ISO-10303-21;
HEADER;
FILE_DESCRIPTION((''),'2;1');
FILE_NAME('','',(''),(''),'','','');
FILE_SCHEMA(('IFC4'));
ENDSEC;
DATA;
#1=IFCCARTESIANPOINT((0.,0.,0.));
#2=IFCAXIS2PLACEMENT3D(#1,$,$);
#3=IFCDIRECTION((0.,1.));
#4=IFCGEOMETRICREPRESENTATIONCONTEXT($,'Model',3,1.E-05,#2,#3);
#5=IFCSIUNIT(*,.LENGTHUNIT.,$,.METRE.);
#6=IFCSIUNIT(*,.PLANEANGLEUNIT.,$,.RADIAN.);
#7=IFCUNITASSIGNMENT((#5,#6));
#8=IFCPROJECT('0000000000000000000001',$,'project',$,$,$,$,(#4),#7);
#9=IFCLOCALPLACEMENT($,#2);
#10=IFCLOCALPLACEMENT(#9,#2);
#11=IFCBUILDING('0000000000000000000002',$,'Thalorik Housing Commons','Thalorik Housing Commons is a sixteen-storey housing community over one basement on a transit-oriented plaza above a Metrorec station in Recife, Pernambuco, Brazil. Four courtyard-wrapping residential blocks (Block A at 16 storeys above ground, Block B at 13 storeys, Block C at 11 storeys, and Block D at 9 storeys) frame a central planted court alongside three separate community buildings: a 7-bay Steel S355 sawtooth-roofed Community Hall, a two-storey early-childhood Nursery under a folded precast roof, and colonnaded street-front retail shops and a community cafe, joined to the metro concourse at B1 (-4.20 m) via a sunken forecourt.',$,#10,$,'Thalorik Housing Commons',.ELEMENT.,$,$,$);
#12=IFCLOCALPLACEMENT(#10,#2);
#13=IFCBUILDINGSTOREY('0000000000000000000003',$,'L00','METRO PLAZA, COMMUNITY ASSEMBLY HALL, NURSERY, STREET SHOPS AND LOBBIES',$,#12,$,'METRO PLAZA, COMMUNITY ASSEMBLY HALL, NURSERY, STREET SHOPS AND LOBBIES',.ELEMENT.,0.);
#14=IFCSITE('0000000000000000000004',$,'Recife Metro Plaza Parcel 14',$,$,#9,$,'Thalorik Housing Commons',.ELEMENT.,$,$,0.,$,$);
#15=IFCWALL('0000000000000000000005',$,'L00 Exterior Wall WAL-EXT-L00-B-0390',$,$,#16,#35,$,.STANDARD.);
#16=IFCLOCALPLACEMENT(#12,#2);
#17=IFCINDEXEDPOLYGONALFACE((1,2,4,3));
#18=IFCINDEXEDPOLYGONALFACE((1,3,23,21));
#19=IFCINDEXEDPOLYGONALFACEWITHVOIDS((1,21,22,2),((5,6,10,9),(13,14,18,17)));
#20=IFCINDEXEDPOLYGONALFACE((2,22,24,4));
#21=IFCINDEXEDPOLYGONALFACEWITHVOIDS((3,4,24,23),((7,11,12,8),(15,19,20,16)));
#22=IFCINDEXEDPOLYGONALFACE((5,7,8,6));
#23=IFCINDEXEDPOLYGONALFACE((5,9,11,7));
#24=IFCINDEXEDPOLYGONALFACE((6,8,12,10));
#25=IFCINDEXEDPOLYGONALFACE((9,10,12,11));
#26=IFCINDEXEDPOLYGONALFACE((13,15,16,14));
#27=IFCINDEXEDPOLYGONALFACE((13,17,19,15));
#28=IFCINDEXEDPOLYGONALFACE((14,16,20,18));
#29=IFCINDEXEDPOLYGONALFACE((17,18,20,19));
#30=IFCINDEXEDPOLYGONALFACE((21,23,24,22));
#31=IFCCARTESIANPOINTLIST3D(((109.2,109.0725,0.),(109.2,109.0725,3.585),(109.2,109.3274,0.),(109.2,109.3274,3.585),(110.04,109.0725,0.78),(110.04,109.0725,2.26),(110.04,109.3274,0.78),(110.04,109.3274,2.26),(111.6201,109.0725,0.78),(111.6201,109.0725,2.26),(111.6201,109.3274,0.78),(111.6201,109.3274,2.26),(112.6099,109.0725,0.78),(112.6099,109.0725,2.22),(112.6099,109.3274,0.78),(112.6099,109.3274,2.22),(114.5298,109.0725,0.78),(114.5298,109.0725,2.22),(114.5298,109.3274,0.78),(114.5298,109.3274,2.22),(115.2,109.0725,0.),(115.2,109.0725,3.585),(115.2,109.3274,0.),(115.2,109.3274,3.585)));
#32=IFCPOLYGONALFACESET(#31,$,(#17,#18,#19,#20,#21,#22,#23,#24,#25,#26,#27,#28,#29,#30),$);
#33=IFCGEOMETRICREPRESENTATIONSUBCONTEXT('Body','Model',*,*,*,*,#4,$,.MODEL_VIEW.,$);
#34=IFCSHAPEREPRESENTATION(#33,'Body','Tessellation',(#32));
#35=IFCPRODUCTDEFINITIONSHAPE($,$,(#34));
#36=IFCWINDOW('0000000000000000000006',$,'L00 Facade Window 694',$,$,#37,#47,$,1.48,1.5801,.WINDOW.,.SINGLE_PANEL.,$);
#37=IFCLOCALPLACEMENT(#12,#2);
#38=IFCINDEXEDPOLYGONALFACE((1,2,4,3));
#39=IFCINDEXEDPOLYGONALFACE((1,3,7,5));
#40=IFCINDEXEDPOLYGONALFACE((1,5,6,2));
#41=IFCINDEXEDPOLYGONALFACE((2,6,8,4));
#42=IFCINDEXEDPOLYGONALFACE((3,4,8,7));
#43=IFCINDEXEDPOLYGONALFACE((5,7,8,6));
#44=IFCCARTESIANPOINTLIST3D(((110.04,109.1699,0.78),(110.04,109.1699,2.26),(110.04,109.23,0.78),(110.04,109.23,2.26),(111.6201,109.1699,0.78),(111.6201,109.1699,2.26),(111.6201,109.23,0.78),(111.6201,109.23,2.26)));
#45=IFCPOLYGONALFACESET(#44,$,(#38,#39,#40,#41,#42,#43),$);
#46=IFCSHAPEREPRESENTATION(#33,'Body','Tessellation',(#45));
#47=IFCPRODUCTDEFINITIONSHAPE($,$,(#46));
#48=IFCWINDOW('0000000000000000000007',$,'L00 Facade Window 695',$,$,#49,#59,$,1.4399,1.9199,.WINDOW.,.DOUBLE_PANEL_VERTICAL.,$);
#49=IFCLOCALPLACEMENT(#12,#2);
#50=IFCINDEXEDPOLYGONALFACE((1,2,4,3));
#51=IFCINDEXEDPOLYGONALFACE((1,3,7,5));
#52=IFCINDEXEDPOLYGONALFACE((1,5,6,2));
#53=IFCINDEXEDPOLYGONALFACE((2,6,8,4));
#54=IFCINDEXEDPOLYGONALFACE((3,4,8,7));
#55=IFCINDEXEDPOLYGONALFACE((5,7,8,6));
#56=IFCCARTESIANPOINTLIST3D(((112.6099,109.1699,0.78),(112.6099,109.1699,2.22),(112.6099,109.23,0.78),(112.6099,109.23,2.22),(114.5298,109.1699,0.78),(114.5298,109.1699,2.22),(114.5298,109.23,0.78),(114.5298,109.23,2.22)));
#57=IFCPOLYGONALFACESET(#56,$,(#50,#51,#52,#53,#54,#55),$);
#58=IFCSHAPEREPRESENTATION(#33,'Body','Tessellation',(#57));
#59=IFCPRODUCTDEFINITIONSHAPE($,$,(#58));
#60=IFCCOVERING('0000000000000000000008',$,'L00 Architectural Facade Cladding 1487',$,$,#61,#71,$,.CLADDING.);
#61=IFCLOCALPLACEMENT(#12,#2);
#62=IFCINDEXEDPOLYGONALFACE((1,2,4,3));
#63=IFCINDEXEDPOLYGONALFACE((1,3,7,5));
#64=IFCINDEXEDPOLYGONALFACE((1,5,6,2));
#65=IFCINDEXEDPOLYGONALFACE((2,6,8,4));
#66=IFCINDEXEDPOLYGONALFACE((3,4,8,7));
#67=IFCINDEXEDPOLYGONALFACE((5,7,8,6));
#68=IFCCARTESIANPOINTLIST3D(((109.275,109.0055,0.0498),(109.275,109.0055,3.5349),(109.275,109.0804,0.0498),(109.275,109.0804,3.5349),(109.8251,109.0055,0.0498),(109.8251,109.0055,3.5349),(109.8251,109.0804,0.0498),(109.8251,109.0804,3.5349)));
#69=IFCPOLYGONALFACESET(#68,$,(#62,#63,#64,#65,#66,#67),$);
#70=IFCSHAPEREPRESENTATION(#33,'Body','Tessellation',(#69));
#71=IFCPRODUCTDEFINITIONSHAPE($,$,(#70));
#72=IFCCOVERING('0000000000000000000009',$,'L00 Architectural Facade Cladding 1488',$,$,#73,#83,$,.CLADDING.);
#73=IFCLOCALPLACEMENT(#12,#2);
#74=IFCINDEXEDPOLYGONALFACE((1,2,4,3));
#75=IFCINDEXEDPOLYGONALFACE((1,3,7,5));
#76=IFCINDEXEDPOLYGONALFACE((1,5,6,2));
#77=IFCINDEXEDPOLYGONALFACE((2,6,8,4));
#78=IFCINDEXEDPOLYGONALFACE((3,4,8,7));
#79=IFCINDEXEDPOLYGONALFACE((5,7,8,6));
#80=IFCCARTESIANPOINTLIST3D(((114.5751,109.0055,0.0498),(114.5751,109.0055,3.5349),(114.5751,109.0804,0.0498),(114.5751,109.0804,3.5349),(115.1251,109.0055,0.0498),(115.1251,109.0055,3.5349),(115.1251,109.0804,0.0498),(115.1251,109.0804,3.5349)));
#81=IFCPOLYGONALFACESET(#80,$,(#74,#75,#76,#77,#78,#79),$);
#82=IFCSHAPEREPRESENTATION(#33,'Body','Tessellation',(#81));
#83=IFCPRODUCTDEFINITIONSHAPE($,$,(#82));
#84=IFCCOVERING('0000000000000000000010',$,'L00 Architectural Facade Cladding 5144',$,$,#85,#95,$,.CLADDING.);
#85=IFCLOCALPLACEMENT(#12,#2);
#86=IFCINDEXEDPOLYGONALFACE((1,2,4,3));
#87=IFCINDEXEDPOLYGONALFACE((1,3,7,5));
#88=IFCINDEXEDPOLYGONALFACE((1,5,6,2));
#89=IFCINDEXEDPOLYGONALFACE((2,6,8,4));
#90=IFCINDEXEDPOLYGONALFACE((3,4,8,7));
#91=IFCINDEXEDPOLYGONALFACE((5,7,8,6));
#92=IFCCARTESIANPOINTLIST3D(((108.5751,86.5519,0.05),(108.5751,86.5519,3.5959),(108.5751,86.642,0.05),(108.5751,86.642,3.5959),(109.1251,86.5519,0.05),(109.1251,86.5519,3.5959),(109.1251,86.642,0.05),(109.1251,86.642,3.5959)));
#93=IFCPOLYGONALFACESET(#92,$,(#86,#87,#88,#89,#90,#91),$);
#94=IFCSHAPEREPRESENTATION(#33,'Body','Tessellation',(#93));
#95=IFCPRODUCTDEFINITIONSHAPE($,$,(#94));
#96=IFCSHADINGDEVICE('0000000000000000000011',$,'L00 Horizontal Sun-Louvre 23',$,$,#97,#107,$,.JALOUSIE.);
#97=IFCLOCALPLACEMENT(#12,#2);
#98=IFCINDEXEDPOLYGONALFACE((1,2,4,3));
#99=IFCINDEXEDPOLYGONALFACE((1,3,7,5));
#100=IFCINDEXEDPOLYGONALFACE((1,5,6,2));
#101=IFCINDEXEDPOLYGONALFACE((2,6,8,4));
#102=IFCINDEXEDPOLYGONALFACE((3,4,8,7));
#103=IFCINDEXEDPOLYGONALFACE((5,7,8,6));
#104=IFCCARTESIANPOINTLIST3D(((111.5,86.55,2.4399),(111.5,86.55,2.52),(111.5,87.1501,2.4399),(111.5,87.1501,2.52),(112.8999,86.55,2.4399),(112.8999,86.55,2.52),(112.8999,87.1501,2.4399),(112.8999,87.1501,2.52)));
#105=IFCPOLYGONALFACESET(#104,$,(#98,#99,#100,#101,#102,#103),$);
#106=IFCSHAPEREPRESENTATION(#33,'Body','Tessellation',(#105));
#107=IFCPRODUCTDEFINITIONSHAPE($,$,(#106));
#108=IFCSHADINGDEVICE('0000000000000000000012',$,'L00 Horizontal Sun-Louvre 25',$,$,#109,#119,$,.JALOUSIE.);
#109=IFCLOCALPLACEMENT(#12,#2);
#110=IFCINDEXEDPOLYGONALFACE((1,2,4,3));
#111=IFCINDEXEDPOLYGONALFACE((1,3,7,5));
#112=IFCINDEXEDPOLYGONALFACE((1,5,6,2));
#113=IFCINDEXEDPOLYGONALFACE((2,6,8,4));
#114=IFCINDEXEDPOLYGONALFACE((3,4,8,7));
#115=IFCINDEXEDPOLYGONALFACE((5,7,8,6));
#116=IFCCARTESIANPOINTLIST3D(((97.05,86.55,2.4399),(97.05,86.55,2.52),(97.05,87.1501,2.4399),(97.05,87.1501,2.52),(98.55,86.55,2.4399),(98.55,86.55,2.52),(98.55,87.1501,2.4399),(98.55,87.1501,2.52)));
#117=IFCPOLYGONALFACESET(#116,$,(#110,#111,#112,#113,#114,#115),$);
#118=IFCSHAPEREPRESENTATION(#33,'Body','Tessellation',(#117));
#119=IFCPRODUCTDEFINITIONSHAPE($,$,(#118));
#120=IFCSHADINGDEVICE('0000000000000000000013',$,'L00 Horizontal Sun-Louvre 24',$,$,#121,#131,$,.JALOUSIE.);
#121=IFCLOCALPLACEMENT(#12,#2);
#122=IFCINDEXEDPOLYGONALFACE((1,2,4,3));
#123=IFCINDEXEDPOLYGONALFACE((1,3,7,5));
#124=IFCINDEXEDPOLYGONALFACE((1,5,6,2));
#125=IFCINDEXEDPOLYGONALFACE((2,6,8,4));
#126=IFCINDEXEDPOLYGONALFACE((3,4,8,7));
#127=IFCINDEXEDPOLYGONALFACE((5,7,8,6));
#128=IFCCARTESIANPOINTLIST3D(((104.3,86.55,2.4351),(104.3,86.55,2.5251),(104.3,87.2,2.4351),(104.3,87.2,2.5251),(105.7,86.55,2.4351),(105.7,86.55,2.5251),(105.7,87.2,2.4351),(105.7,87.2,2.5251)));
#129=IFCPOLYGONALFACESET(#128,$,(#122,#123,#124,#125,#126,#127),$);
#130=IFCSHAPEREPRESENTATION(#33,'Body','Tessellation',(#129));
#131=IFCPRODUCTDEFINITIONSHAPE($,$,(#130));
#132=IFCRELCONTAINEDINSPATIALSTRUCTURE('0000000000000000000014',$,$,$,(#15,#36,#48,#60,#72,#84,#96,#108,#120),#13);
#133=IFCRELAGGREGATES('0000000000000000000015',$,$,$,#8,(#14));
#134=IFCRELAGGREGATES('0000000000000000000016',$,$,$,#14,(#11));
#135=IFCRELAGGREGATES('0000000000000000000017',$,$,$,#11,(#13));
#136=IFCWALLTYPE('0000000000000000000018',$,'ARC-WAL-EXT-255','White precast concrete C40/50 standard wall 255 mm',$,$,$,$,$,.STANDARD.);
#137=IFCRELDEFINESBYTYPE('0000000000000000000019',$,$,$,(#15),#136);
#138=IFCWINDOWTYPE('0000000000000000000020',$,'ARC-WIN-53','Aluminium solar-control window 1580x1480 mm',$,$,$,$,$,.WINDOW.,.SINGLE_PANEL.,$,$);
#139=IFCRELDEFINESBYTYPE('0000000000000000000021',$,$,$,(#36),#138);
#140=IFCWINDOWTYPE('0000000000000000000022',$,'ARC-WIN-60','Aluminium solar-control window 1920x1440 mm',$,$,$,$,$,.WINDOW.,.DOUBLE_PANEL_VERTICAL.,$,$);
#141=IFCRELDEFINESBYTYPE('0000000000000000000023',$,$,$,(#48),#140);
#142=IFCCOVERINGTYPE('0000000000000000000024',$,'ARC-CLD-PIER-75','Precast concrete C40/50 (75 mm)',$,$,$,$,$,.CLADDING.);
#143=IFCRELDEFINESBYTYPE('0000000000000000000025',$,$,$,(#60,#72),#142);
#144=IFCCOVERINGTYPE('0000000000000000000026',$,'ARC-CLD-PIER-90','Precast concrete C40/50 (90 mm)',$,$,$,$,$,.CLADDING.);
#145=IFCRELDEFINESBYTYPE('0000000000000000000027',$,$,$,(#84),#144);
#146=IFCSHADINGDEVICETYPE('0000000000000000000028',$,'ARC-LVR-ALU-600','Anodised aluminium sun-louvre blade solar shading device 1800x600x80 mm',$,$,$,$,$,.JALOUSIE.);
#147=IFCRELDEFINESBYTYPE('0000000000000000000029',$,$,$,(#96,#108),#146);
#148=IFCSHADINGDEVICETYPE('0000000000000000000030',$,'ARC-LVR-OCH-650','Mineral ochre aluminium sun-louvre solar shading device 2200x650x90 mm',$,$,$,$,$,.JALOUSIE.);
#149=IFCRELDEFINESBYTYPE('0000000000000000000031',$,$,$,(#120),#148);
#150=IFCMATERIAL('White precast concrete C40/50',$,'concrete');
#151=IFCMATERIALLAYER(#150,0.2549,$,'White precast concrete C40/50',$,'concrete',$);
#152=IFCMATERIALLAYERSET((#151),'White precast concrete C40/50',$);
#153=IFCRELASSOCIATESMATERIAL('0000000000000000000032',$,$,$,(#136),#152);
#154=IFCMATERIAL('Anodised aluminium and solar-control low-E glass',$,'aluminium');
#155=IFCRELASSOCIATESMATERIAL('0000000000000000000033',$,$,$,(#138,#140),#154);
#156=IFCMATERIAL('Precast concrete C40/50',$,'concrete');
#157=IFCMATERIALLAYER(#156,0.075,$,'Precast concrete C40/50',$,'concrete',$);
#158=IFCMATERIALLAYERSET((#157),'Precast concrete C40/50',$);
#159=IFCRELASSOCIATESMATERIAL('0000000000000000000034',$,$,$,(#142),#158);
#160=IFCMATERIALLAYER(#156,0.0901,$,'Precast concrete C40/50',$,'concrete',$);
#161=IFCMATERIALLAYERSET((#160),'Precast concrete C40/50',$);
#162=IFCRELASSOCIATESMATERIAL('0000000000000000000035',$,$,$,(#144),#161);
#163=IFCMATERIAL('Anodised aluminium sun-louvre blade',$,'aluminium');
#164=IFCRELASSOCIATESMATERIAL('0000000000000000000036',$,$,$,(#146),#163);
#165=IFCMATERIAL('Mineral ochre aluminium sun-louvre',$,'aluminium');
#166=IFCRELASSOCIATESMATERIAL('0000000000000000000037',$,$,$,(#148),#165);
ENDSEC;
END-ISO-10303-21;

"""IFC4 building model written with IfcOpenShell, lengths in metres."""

from ifc_helpers import new_model, si_unit, direction, frame, frame_2d, origin, origin_2d, place, context, subcontext, project, spatial, rectangle, extrude, material, layer, layer_set, type_object, element, fill, save


model = new_model("IFC4")

# Units and contexts
model_context = context("Model", 3, precision=1e-05, world=origin(), true_north=direction((0.0, 1.0)))
body_context = subcontext(model_context, "Body", "Model", "MODEL_VIEW")
ifc_project = project(units=[si_unit("LENGTHUNIT", "METRE"), si_unit("PLANEANGLEUNIT", "RADIAN")], contexts=[model_context])

# Site, building, storey
site_placement = place(None, origin())
site = spatial("IfcSite", under=ifc_project, at=site_placement, Name="Recife Metro Plaza Parcel 14", LongName="Thalorik Housing Commons", CompositionType="ELEMENT", RefElevation=0.0)
building_placement = place(site_placement, origin())
building = spatial("IfcBuilding", under=site, at=building_placement, Name="Thalorik Housing Commons", Description="Thalorik Housing Commons is a sixteen-storey housing community over one basement on a transit-oriented plaza above a Metrorec station in Recife, Pernambuco, Brazil. Four courtyard-wrapping residential blocks (Block A at 16 storeys above ground, Block B at 13 storeys, Block C at 11 storeys, and Block D at 9 storeys) frame a central planted court alongside three separate community buildings: a 7-bay Steel S355 sawtooth-roofed Community Hall, a two-storey early-childhood Nursery under a folded precast roof, and colonnaded street-front retail shops and a community cafe, joined to the metro concourse at B1 (-4.20 m) via a sunken forecourt.", LongName="Thalorik Housing Commons", CompositionType="ELEMENT")
storey_placement = place(building_placement, origin())
storey = spatial("IfcBuildingStorey", under=building, at=storey_placement, Name="L00", Description="METRO PLAZA, COMMUNITY ASSEMBLY HALL, NURSERY, STREET SHOPS AND LOBBIES", LongName="METRO PLAZA, COMMUNITY ASSEMBLY HALL, NURSERY, STREET SHOPS AND LOBBIES", CompositionType="ELEMENT", Elevation=0.0)

# Shared definitions
ifc_material_1 = material(Name="Precast concrete C40/50", Category="concrete")

# Wall, openings, windows
ifc_material_2 = material(Name="White precast concrete C40/50", Category="concrete")
ifc_layer_1 = layer(ifc_material_2, 0.2549, Name="White precast concrete C40/50", Category="concrete")
ifc_layer_set_1 = layer_set([ifc_layer_1], Name="White precast concrete C40/50")
wall_type = type_object("IfcWallType", Name="ARC-WAL-EXT-255", Description="White precast concrete C40/50 standard wall 255 mm", PredefinedType="STANDARD", material=ifc_layer_set_1)
ifc_material_3 = material(Name="Anodised aluminium and solar-control low-E glass", Category="aluminium")
wall_1_placement = place(storey_placement, frame((109.2, 109.2, 0.0), z_axis=(0.0, 0.0, 1.0), x_axis=(1.0, 0.0, 0.0)))
wall_1 = element("IfcWall", 1, at=wall_1_placement, inside=storey, type_object=wall_type, Name="L00 Exterior Wall WAL-EXT-L00-B-0390", PredefinedType="STANDARD", context=body_context, shape_type="SweptSolid", body=[
    extrude(rectangle(XDim=6.0, YDim=0.2549, at=frame_2d((3.0, 0.0))), origin(), (0.0, 0.0, 1.0), 3.585),
])
opening_1_placement = place(wall_1_placement, frame((0.8401, 0.0, 0.78)))
opening_1 = element("IfcOpeningElement", 2, at=opening_1_placement, cuts=wall_1, PredefinedType="OPENING", context=body_context, shape_type="SweptSolid", body=[
    extrude(rectangle(XDim=1.5801, YDim=1.48, at=frame_2d((0.79, 0.74))), frame((0.0, 0.1375, 0.0), z_axis=(0.0, -1.0, 0.0), x_axis=(1.0, 0.0, 0.0)), (0.0, 0.0, 1.0), 0.2749),
])
opening_2_placement = place(wall_1_placement, frame((3.4099, 0.0, 0.78)))
opening_2 = element("IfcOpeningElement", 3, at=opening_2_placement, cuts=wall_1, PredefinedType="OPENING", context=body_context, shape_type="SweptSolid", body=[
    extrude(rectangle(XDim=1.9199, YDim=1.4399, at=frame_2d((0.96, 0.72))), frame((0.0, 0.1375, 0.0), z_axis=(0.0, -1.0, 0.0), x_axis=(1.0, 0.0, 0.0)), (0.0, 0.0, 1.0), 0.2749),
])
window_type_1 = type_object("IfcWindowType", Name="ARC-WIN-53", Description="Aluminium solar-control window 1580x1480 mm", PartitioningType="SINGLE_PANEL", PredefinedType="WINDOW", material=ifc_material_3)
window_1_placement = place(opening_1_placement, origin())
window_1 = element("IfcWindow", 4, at=window_1_placement, inside=storey, type_object=window_type_1, Name="L00 Facade Window 694", OverallHeight=1.48, OverallWidth=1.5801, PartitioningType="SINGLE_PANEL", PredefinedType="WINDOW", context=body_context, shape_type="SweptSolid", body=[
    extrude(rectangle(XDim=1.5801, YDim=1.48, at=frame_2d((0.79, 0.74))), frame((0.0, 0.03, 0.0), z_axis=(0.0, -1.0, 0.0), x_axis=(1.0, 0.0, 0.0)), (0.0, 0.0, 1.0), 0.0601),
])
fill(opening_1, window_1)
window_type_2 = type_object("IfcWindowType", Name="ARC-WIN-60", Description="Aluminium solar-control window 1920x1440 mm", PartitioningType="DOUBLE_PANEL_VERTICAL", PredefinedType="WINDOW", material=ifc_material_3)
window_2_placement = place(opening_2_placement, origin())
window_2 = element("IfcWindow", 5, at=window_2_placement, inside=storey, type_object=window_type_2, Name="L00 Facade Window 695", OverallHeight=1.4399, OverallWidth=1.9199, PartitioningType="DOUBLE_PANEL_VERTICAL", PredefinedType="WINDOW", context=body_context, shape_type="SweptSolid", body=[
    extrude(rectangle(XDim=1.9199, YDim=1.4399, at=frame_2d((0.96, 0.72))), frame((0.0, 0.03, 0.0), z_axis=(0.0, -1.0, 0.0), x_axis=(1.0, 0.0, 0.0)), (0.0, 0.0, 1.0), 0.0601),
])
fill(opening_2, window_2)

# Coverings
ifc_layer_2 = layer(ifc_material_1, 0.075, Name="Precast concrete C40/50", Category="concrete")
ifc_layer_set_2 = layer_set([ifc_layer_2], Name="Precast concrete C40/50")
covering_type_1 = type_object("IfcCoveringType", Name="ARC-CLD-PIER-75", Description="Precast concrete C40/50 (75 mm)", PredefinedType="CLADDING", material=ifc_layer_set_2)
for number, where, z_axis, x_axis, name in (
    (6, (109.55, 109.043, 0.0498), (0.0, 0.0, 1.0), (1.0, 0.0, 0.0), "L00 Architectural Facade Cladding 1487"),
    (7, (114.8501, 109.043, 0.0498), (0.0, 0.0, 1.0), (1.0, 0.0, 0.0), "L00 Architectural Facade Cladding 1488"),
):
    element("IfcCovering", number, at=place(storey_placement, frame(where, z_axis=z_axis, x_axis=x_axis)), inside=storey, type_object=covering_type_1, Name=name, PredefinedType="CLADDING", context=body_context, shape_type="SweptSolid", body=[
        extrude(rectangle(XDim=0.55, YDim=0.075, at=origin_2d()), origin(), (0.0, 0.0, 1.0), 3.4851),
    ])
ifc_layer_3 = layer(ifc_material_1, 0.0901, Name="Precast concrete C40/50", Category="concrete")
ifc_layer_set_3 = layer_set([ifc_layer_3], Name="Precast concrete C40/50")
covering_type_2 = type_object("IfcCoveringType", Name="ARC-CLD-PIER-90", Description="Precast concrete C40/50 (90 mm)", PredefinedType="CLADDING", material=ifc_layer_set_3)
covering_placement = place(storey_placement, frame((108.8501, 86.5969, 0.05), z_axis=(0.0, 0.0, 1.0), x_axis=(-1.0, 0.0, 0.0)))
element("IfcCovering", 8, at=covering_placement, inside=storey, type_object=covering_type_2, Name="L00 Architectural Facade Cladding 5144", PredefinedType="CLADDING", context=body_context, shape_type="SweptSolid", body=[
    extrude(rectangle(XDim=0.55, YDim=0.0901, at=origin_2d()), origin(), (0.0, 0.0, 1.0), 3.5459),
])

# Shading devices
ifc_material_4 = material(Name="Anodised aluminium sun-louvre blade", Category="aluminium")
shading_device_type_1 = type_object("IfcShadingDeviceType", Name="ARC-LVR-ALU-600", Description="Anodised aluminium sun-louvre blade solar shading device 1800x600x80 mm", PredefinedType="JALOUSIE", material=ifc_material_4)
shading_device_1_placement = place(storey_placement, frame((112.2, 86.8501, 2.4399), z_axis=(0.0, 0.0, 1.0), x_axis=(-1.0, 0.0, 0.0)))
element("IfcShadingDevice", 9, at=shading_device_1_placement, inside=storey, type_object=shading_device_type_1, Name="L00 Horizontal Sun-Louvre 23", PredefinedType="JALOUSIE", context=body_context, shape_type="SweptSolid", body=[
    extrude(rectangle(XDim=1.3999, YDim=0.6001, at=origin_2d()), origin(), (0.0, 0.0, 1.0), 0.0801),
])
shading_device_2_placement = place(storey_placement, frame((97.8, 86.8501, 2.4399), z_axis=(0.0, 0.0, 1.0), x_axis=(-1.0, 0.0, 0.0)))
element("IfcShadingDevice", 10, at=shading_device_2_placement, inside=storey, type_object=shading_device_type_1, Name="L00 Horizontal Sun-Louvre 25", PredefinedType="JALOUSIE", context=body_context, shape_type="SweptSolid", body=[
    extrude(rectangle(XDim=1.5, YDim=0.6001, at=origin_2d()), origin(), (0.0, 0.0, 1.0), 0.0801),
])
ifc_material_5 = material(Name="Mineral ochre aluminium sun-louvre", Category="aluminium")
shading_device_type_2 = type_object("IfcShadingDeviceType", Name="ARC-LVR-OCH-650", Description="Mineral ochre aluminium sun-louvre solar shading device 2200x650x90 mm", PredefinedType="JALOUSIE", material=ifc_material_5)
shading_device_3_placement = place(storey_placement, frame((105.0, 86.875, 2.4351), z_axis=(0.0, 0.0, 1.0), x_axis=(-1.0, 0.0, 0.0)))
element("IfcShadingDevice", 11, at=shading_device_3_placement, inside=storey, type_object=shading_device_type_2, Name="L00 Horizontal Sun-Louvre 24", PredefinedType="JALOUSIE", context=body_context, shape_type="SweptSolid", body=[
    extrude(rectangle(XDim=1.3999, YDim=0.6499, at=origin_2d()), origin(), (0.0, 0.0, 1.0), 0.0901),
])

save(model, "model.ifc")
